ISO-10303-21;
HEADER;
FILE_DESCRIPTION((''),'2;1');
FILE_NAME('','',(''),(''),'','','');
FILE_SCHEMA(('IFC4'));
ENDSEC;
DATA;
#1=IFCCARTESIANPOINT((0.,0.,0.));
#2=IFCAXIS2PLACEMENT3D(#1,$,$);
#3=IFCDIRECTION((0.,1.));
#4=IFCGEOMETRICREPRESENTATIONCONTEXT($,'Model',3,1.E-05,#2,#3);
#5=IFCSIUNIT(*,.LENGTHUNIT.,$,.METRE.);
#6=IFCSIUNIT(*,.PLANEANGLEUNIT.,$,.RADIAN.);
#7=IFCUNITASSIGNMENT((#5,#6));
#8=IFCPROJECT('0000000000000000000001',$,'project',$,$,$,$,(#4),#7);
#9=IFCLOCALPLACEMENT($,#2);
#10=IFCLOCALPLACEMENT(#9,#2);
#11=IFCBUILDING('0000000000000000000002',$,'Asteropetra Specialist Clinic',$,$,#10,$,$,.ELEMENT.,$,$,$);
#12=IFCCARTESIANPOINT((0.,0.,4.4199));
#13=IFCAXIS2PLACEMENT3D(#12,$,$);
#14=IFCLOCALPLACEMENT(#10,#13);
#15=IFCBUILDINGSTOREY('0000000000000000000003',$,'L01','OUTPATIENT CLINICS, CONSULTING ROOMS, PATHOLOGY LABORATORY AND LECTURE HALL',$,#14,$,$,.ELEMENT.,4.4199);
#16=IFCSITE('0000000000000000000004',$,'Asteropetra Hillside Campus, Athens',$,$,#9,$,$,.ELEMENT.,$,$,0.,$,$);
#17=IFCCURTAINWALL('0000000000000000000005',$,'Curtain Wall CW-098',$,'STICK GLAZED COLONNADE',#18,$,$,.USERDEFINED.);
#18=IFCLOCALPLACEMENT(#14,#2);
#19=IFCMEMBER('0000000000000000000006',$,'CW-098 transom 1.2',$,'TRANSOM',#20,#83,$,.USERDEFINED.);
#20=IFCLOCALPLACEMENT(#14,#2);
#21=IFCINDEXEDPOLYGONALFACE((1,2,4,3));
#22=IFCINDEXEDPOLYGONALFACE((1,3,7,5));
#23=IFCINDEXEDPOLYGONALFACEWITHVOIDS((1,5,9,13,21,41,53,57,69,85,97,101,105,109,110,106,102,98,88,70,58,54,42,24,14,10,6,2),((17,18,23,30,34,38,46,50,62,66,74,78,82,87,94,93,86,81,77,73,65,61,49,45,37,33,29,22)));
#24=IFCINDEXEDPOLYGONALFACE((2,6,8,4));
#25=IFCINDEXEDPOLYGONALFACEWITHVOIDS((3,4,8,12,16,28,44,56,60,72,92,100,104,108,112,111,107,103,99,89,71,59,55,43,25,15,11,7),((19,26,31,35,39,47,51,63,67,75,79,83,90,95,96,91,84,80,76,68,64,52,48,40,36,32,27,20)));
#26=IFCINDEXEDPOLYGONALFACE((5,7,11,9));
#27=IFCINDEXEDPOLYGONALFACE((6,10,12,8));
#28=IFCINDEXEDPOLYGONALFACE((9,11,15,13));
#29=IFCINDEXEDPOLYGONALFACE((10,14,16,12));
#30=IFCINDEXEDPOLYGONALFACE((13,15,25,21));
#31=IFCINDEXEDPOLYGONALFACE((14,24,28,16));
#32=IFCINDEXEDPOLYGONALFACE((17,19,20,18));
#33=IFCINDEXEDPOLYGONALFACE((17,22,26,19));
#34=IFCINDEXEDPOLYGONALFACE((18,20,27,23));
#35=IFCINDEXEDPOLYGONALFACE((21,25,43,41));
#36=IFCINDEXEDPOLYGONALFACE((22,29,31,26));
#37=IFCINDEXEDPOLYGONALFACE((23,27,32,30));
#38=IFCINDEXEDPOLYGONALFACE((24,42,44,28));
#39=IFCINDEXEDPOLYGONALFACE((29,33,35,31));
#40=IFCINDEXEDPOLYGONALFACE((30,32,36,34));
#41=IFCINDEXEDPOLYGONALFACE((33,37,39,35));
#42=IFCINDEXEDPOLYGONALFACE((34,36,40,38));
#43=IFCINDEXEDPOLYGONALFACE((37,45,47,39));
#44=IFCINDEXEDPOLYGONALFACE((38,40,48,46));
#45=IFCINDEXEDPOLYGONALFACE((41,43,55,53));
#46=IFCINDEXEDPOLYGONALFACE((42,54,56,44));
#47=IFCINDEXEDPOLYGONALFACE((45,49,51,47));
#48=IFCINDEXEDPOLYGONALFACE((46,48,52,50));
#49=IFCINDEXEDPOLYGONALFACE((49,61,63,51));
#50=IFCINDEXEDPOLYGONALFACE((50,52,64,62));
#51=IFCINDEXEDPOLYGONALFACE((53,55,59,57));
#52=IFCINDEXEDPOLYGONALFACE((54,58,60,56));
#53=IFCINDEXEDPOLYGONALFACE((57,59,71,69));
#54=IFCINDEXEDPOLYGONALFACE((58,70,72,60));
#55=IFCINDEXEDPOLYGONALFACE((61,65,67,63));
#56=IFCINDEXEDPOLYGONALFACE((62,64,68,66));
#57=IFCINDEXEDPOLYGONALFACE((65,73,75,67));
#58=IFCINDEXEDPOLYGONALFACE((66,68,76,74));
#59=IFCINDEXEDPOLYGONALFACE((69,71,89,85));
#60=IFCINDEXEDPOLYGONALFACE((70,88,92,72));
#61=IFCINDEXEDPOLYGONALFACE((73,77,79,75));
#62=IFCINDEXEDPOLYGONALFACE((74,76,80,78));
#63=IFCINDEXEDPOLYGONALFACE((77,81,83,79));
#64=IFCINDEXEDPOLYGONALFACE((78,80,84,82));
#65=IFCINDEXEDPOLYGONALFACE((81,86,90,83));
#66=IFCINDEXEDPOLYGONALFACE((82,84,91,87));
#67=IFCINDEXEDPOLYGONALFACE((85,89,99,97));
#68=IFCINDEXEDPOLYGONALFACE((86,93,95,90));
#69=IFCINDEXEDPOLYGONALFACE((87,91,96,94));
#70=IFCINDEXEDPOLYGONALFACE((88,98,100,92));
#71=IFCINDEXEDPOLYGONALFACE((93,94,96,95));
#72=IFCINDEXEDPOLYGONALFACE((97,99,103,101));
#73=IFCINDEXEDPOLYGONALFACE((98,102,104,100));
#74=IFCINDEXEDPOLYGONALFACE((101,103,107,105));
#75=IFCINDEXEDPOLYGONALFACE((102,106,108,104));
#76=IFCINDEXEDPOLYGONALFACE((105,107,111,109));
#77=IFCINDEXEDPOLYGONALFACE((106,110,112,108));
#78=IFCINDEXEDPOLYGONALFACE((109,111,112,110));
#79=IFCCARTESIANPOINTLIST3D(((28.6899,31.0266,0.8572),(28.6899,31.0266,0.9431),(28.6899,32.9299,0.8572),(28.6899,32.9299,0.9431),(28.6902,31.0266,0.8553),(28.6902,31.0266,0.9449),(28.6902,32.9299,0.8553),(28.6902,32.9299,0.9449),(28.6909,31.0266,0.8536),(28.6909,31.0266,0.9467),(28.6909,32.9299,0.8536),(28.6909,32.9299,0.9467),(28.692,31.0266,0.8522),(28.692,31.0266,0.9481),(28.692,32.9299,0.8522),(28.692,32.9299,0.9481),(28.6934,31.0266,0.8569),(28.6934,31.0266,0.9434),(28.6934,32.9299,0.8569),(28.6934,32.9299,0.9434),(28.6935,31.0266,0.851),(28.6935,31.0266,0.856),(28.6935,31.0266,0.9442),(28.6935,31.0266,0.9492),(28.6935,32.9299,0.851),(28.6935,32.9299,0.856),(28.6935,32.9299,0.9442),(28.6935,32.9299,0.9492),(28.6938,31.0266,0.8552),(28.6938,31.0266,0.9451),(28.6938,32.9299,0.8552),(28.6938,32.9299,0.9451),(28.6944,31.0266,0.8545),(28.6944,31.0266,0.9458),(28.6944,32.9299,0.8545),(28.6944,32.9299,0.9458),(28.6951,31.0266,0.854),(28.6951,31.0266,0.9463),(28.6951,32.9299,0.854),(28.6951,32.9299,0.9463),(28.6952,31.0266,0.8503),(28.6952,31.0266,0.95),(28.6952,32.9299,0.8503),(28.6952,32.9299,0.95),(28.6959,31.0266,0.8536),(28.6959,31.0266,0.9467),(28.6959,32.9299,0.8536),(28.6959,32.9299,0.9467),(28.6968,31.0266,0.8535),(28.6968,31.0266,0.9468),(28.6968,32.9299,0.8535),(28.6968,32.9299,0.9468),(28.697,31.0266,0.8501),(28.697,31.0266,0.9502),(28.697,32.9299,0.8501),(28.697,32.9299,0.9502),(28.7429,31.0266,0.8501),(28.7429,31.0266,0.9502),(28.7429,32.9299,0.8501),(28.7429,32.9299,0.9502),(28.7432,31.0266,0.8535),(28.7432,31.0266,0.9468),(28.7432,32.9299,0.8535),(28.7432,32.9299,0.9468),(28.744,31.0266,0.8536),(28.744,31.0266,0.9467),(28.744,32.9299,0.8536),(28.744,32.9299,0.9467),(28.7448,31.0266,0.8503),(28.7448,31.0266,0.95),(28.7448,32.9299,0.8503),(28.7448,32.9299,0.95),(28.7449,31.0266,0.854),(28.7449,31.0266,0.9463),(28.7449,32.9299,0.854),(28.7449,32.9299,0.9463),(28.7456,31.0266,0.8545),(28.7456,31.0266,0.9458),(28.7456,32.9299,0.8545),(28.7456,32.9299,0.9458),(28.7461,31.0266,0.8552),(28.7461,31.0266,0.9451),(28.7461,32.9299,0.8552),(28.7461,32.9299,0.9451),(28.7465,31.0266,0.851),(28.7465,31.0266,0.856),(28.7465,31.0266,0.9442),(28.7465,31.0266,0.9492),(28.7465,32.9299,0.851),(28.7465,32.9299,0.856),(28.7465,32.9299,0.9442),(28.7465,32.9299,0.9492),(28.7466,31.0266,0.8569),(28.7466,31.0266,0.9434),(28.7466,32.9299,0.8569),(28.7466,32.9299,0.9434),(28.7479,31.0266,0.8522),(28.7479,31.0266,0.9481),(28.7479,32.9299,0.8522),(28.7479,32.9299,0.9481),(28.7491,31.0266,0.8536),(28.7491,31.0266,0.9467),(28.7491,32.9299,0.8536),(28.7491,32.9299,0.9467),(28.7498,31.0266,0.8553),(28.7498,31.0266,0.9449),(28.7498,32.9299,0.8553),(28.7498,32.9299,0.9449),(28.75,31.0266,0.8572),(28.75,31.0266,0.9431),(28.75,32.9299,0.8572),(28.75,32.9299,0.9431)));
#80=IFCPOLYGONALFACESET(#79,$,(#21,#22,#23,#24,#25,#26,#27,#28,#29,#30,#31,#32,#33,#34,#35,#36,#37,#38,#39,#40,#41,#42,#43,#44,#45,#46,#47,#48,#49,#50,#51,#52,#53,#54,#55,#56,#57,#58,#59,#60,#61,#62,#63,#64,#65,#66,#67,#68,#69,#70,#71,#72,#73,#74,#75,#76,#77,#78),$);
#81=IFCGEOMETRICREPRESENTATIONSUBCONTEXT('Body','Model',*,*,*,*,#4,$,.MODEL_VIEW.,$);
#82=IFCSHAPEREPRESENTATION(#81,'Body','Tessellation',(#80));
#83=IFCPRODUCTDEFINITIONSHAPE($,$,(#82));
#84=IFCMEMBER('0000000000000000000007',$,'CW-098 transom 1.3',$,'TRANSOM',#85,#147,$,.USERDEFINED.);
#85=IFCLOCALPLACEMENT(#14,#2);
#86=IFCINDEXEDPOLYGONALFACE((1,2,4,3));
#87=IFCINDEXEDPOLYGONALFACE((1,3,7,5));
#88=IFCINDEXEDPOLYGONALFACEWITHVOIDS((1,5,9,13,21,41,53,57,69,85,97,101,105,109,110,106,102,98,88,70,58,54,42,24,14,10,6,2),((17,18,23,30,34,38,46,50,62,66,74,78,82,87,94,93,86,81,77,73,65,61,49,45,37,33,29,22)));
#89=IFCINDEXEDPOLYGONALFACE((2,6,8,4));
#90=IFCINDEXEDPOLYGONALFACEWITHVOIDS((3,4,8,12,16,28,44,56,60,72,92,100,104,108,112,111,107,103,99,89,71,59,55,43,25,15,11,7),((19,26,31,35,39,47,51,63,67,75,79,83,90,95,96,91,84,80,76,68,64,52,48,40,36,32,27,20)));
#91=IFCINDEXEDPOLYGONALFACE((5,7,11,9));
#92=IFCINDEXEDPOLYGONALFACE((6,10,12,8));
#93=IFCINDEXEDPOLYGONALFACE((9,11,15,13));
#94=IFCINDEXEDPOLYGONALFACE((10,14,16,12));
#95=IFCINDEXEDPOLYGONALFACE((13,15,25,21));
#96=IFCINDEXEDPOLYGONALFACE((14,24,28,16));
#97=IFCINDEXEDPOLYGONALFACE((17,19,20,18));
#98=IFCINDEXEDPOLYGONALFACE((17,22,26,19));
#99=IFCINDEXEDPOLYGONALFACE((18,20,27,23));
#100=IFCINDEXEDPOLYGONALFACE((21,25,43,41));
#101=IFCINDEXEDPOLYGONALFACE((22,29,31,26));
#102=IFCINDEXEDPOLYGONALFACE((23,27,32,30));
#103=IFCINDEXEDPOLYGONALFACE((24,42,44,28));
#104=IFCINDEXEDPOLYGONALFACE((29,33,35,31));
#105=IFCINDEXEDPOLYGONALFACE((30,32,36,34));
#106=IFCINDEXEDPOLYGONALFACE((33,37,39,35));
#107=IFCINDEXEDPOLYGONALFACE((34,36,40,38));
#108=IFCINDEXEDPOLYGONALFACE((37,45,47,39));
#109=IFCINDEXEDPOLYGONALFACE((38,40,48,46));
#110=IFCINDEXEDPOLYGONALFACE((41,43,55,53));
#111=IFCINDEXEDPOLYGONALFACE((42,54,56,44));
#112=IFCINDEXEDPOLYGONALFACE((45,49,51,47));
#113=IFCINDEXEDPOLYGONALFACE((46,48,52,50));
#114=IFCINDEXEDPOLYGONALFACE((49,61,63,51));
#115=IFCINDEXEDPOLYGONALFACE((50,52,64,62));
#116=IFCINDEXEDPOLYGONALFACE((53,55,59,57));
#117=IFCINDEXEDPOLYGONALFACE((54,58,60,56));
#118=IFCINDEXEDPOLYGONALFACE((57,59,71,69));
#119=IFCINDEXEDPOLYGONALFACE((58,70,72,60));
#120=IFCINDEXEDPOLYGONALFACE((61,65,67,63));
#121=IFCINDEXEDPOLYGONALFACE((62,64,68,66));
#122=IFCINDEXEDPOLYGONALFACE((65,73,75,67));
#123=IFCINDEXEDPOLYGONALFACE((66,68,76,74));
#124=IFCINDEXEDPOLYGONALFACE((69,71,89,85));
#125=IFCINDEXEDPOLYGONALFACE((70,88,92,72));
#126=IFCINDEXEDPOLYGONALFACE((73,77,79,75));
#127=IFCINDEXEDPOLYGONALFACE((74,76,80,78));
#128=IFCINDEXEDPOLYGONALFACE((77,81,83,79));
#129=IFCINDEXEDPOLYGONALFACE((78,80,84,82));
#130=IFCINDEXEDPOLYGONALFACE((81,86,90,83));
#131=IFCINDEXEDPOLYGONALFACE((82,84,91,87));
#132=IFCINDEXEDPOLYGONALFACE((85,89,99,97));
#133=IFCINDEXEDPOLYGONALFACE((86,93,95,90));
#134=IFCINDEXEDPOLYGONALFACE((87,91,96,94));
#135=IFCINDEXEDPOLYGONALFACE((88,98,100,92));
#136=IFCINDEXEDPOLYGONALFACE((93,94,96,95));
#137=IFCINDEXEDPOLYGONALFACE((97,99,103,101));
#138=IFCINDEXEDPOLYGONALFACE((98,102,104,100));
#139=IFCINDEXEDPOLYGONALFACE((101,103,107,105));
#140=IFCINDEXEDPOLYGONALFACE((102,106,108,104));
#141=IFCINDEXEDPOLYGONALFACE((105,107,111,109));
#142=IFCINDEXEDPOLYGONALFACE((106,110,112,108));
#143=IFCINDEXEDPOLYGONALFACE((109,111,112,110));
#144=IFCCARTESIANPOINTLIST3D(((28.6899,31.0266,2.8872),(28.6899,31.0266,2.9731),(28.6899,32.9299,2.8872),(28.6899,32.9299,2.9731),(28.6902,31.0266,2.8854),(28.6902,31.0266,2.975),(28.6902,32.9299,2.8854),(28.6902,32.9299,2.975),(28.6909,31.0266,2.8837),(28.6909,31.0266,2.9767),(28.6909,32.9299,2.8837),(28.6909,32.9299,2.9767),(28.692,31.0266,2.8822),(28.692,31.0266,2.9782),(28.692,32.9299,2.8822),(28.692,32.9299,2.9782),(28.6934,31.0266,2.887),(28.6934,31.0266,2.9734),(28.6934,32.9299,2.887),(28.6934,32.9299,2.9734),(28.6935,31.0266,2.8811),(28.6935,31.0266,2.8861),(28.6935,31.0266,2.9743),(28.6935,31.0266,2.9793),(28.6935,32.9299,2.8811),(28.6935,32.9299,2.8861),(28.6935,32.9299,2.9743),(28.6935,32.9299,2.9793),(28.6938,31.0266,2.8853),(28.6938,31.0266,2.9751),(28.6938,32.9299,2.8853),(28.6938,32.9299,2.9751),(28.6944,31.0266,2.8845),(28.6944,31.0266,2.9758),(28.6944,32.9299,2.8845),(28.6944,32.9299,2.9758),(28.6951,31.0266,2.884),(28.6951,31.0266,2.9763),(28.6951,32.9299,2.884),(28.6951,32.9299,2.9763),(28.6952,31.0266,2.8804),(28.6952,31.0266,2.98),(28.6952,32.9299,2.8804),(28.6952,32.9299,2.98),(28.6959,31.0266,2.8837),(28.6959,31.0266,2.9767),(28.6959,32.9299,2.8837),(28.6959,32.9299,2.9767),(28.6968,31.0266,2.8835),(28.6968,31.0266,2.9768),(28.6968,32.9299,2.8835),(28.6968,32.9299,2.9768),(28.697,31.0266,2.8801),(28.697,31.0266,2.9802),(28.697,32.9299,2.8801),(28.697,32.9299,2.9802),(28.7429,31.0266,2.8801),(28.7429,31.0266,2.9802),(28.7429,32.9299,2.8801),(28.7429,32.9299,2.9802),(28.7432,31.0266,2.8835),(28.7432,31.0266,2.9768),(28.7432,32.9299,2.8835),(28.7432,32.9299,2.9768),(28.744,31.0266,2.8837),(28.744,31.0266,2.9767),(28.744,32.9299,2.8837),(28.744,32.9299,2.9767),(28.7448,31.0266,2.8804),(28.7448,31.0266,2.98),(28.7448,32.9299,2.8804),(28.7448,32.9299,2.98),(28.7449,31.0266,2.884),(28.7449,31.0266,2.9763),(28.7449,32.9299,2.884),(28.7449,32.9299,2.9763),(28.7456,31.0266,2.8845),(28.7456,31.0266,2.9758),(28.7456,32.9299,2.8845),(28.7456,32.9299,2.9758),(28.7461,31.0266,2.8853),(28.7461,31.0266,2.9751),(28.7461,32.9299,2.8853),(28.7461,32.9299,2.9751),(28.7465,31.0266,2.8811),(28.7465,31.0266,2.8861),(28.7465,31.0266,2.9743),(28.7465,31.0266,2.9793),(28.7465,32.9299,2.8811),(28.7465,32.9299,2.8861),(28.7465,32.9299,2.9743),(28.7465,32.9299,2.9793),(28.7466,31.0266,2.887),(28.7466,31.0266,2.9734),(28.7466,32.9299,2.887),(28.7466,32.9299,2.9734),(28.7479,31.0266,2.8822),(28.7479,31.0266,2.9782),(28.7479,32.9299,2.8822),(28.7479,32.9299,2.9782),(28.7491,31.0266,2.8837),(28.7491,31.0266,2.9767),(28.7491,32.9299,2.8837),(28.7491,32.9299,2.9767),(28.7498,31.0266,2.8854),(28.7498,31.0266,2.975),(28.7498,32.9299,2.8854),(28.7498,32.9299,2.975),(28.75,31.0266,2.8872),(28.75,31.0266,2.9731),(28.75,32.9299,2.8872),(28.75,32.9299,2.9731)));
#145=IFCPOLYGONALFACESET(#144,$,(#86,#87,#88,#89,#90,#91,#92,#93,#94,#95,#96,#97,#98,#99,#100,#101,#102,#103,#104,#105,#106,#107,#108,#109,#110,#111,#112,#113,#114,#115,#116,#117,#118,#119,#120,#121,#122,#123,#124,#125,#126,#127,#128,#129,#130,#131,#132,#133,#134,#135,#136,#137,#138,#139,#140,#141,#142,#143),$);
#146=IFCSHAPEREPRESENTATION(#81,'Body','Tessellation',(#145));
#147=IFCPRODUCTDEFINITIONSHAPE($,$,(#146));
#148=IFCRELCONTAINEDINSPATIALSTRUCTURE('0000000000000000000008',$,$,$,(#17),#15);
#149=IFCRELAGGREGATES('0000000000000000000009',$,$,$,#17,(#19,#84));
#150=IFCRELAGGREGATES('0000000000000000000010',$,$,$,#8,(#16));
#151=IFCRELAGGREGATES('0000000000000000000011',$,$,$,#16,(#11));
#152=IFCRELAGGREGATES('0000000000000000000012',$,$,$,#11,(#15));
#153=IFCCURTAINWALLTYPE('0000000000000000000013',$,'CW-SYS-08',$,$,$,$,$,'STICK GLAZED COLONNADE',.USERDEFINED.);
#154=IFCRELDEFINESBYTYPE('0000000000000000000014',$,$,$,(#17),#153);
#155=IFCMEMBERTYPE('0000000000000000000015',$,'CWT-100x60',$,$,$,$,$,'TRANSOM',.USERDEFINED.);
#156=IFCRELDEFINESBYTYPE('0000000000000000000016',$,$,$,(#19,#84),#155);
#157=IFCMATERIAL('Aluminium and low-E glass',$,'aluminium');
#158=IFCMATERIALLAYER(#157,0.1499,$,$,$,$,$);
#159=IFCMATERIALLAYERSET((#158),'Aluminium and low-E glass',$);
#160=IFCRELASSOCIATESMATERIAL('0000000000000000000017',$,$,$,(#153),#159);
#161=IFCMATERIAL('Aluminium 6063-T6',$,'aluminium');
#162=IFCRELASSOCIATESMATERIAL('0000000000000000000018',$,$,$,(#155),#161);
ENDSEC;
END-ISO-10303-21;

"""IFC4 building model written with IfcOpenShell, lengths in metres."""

from ifc_helpers import new_model, si_unit, direction, frame, origin, origin_2d, place, context, subcontext, project, spatial, hollow_rectangle, extrude, material, layer, layer_set, material_profile, profile_set, type_object, element, aggregate, save


model = new_model("IFC4")

# Units and contexts
model_context = context("Model", 3, precision=1e-05, world=origin(), true_north=direction((0.0, 1.0)))
body_context = subcontext(model_context, "Body", "Model", "MODEL_VIEW")
ifc_project = project(units=[si_unit("LENGTHUNIT", "METRE"), si_unit("PLANEANGLEUNIT", "RADIAN")], contexts=[model_context])

# Site, building, storey
site_placement = place(None, origin())
site = spatial("IfcSite", under=ifc_project, at=site_placement, Name="Asteropetra Hillside Campus, Athens", CompositionType="ELEMENT", RefElevation=0.0)
building_placement = place(site_placement, origin())
building = spatial("IfcBuilding", under=site, at=building_placement, Name="Asteropetra Specialist Clinic", CompositionType="ELEMENT")
storey_placement = place(building_placement, frame((0.0, 0.0, 4.4199)))
storey = spatial("IfcBuildingStorey", under=building, at=storey_placement, Name="L01", Description="OUTPATIENT CLINICS, CONSULTING ROOMS, PATHOLOGY LABORATORY AND LECTURE HALL", CompositionType="ELEMENT", Elevation=4.4199)

# Curtain wall, members
ifc_material_1 = material(Name="Aluminium and low-E glass", Category="aluminium")
ifc_layer_1 = layer(ifc_material_1, 0.1499)
ifc_layer_set_1 = layer_set([ifc_layer_1], Name="Aluminium and low-E glass")
curtain_wall_type = type_object("IfcCurtainWallType", Name="CW-SYS-08", ElementType="STICK GLAZED COLONNADE", PredefinedType="USERDEFINED", material=ifc_layer_set_1)
curtain_wall_placement = place(storey_placement, origin())
curtain_wall = element("IfcCurtainWall", 1, at=curtain_wall_placement, inside=storey, type_object=curtain_wall_type, Name="Curtain Wall CW-098", ObjectType="STICK GLAZED COLONNADE", PredefinedType="USERDEFINED")
ifc_material_2 = material(Name="Aluminium 6063-T6", Category="aluminium")
ifc_material_profile_1 = material_profile(ifc_material_2, hollow_rectangle(XDim=0.0601, YDim=0.1001, WallThickness=0.0034, InnerFilletRadius=0.0034, OuterFilletRadius=0.0071, at=origin_2d()), Name="TRN 100x60x3.5")
ifc_profile_set_1 = profile_set([ifc_material_profile_1], Name="Aluminium 6063-T6")
member_type_1 = type_object("IfcMemberType", Name="CWT-100x60", ElementType="TRANSOM", PredefinedType="USERDEFINED", material=ifc_profile_set_1)
member_1_placement = place(storey_placement, frame((28.72, 32.9299, 0.9001), z_axis=(0.0, -1.0, 0.0), x_axis=(1.0, 0.0, 0.0)))
member_1 = element("IfcMember", 2, at=member_1_placement, type_object=member_type_1, Name="CW-098 transom 1.2", ObjectType="TRANSOM", PredefinedType="USERDEFINED", context=body_context, shape_type="SweptSolid", body=[
    extrude(hollow_rectangle(XDim=0.0601, YDim=0.1001, WallThickness=0.0034, InnerFilletRadius=0.0034, OuterFilletRadius=0.0071, at=origin_2d()), origin(), (0.0, 0.0, 1.0), 1.9033),
])
member_2_placement = place(storey_placement, frame((28.72, 32.9299, 2.9302), z_axis=(0.0, -1.0, 0.0), x_axis=(1.0, 0.0, 0.0)))
member_2 = element("IfcMember", 3, at=member_2_placement, type_object=member_type_1, Name="CW-098 transom 1.3", ObjectType="TRANSOM", PredefinedType="USERDEFINED", context=body_context, shape_type="SweptSolid", body=[
    extrude(hollow_rectangle(XDim=0.0601, YDim=0.1001, WallThickness=0.0034, InnerFilletRadius=0.0034, OuterFilletRadius=0.0071, at=origin_2d()), origin(), (0.0, 0.0, 1.0), 1.9033),
])

aggregate(curtain_wall, [member_1, member_2])

save(model, "model.ifc")
